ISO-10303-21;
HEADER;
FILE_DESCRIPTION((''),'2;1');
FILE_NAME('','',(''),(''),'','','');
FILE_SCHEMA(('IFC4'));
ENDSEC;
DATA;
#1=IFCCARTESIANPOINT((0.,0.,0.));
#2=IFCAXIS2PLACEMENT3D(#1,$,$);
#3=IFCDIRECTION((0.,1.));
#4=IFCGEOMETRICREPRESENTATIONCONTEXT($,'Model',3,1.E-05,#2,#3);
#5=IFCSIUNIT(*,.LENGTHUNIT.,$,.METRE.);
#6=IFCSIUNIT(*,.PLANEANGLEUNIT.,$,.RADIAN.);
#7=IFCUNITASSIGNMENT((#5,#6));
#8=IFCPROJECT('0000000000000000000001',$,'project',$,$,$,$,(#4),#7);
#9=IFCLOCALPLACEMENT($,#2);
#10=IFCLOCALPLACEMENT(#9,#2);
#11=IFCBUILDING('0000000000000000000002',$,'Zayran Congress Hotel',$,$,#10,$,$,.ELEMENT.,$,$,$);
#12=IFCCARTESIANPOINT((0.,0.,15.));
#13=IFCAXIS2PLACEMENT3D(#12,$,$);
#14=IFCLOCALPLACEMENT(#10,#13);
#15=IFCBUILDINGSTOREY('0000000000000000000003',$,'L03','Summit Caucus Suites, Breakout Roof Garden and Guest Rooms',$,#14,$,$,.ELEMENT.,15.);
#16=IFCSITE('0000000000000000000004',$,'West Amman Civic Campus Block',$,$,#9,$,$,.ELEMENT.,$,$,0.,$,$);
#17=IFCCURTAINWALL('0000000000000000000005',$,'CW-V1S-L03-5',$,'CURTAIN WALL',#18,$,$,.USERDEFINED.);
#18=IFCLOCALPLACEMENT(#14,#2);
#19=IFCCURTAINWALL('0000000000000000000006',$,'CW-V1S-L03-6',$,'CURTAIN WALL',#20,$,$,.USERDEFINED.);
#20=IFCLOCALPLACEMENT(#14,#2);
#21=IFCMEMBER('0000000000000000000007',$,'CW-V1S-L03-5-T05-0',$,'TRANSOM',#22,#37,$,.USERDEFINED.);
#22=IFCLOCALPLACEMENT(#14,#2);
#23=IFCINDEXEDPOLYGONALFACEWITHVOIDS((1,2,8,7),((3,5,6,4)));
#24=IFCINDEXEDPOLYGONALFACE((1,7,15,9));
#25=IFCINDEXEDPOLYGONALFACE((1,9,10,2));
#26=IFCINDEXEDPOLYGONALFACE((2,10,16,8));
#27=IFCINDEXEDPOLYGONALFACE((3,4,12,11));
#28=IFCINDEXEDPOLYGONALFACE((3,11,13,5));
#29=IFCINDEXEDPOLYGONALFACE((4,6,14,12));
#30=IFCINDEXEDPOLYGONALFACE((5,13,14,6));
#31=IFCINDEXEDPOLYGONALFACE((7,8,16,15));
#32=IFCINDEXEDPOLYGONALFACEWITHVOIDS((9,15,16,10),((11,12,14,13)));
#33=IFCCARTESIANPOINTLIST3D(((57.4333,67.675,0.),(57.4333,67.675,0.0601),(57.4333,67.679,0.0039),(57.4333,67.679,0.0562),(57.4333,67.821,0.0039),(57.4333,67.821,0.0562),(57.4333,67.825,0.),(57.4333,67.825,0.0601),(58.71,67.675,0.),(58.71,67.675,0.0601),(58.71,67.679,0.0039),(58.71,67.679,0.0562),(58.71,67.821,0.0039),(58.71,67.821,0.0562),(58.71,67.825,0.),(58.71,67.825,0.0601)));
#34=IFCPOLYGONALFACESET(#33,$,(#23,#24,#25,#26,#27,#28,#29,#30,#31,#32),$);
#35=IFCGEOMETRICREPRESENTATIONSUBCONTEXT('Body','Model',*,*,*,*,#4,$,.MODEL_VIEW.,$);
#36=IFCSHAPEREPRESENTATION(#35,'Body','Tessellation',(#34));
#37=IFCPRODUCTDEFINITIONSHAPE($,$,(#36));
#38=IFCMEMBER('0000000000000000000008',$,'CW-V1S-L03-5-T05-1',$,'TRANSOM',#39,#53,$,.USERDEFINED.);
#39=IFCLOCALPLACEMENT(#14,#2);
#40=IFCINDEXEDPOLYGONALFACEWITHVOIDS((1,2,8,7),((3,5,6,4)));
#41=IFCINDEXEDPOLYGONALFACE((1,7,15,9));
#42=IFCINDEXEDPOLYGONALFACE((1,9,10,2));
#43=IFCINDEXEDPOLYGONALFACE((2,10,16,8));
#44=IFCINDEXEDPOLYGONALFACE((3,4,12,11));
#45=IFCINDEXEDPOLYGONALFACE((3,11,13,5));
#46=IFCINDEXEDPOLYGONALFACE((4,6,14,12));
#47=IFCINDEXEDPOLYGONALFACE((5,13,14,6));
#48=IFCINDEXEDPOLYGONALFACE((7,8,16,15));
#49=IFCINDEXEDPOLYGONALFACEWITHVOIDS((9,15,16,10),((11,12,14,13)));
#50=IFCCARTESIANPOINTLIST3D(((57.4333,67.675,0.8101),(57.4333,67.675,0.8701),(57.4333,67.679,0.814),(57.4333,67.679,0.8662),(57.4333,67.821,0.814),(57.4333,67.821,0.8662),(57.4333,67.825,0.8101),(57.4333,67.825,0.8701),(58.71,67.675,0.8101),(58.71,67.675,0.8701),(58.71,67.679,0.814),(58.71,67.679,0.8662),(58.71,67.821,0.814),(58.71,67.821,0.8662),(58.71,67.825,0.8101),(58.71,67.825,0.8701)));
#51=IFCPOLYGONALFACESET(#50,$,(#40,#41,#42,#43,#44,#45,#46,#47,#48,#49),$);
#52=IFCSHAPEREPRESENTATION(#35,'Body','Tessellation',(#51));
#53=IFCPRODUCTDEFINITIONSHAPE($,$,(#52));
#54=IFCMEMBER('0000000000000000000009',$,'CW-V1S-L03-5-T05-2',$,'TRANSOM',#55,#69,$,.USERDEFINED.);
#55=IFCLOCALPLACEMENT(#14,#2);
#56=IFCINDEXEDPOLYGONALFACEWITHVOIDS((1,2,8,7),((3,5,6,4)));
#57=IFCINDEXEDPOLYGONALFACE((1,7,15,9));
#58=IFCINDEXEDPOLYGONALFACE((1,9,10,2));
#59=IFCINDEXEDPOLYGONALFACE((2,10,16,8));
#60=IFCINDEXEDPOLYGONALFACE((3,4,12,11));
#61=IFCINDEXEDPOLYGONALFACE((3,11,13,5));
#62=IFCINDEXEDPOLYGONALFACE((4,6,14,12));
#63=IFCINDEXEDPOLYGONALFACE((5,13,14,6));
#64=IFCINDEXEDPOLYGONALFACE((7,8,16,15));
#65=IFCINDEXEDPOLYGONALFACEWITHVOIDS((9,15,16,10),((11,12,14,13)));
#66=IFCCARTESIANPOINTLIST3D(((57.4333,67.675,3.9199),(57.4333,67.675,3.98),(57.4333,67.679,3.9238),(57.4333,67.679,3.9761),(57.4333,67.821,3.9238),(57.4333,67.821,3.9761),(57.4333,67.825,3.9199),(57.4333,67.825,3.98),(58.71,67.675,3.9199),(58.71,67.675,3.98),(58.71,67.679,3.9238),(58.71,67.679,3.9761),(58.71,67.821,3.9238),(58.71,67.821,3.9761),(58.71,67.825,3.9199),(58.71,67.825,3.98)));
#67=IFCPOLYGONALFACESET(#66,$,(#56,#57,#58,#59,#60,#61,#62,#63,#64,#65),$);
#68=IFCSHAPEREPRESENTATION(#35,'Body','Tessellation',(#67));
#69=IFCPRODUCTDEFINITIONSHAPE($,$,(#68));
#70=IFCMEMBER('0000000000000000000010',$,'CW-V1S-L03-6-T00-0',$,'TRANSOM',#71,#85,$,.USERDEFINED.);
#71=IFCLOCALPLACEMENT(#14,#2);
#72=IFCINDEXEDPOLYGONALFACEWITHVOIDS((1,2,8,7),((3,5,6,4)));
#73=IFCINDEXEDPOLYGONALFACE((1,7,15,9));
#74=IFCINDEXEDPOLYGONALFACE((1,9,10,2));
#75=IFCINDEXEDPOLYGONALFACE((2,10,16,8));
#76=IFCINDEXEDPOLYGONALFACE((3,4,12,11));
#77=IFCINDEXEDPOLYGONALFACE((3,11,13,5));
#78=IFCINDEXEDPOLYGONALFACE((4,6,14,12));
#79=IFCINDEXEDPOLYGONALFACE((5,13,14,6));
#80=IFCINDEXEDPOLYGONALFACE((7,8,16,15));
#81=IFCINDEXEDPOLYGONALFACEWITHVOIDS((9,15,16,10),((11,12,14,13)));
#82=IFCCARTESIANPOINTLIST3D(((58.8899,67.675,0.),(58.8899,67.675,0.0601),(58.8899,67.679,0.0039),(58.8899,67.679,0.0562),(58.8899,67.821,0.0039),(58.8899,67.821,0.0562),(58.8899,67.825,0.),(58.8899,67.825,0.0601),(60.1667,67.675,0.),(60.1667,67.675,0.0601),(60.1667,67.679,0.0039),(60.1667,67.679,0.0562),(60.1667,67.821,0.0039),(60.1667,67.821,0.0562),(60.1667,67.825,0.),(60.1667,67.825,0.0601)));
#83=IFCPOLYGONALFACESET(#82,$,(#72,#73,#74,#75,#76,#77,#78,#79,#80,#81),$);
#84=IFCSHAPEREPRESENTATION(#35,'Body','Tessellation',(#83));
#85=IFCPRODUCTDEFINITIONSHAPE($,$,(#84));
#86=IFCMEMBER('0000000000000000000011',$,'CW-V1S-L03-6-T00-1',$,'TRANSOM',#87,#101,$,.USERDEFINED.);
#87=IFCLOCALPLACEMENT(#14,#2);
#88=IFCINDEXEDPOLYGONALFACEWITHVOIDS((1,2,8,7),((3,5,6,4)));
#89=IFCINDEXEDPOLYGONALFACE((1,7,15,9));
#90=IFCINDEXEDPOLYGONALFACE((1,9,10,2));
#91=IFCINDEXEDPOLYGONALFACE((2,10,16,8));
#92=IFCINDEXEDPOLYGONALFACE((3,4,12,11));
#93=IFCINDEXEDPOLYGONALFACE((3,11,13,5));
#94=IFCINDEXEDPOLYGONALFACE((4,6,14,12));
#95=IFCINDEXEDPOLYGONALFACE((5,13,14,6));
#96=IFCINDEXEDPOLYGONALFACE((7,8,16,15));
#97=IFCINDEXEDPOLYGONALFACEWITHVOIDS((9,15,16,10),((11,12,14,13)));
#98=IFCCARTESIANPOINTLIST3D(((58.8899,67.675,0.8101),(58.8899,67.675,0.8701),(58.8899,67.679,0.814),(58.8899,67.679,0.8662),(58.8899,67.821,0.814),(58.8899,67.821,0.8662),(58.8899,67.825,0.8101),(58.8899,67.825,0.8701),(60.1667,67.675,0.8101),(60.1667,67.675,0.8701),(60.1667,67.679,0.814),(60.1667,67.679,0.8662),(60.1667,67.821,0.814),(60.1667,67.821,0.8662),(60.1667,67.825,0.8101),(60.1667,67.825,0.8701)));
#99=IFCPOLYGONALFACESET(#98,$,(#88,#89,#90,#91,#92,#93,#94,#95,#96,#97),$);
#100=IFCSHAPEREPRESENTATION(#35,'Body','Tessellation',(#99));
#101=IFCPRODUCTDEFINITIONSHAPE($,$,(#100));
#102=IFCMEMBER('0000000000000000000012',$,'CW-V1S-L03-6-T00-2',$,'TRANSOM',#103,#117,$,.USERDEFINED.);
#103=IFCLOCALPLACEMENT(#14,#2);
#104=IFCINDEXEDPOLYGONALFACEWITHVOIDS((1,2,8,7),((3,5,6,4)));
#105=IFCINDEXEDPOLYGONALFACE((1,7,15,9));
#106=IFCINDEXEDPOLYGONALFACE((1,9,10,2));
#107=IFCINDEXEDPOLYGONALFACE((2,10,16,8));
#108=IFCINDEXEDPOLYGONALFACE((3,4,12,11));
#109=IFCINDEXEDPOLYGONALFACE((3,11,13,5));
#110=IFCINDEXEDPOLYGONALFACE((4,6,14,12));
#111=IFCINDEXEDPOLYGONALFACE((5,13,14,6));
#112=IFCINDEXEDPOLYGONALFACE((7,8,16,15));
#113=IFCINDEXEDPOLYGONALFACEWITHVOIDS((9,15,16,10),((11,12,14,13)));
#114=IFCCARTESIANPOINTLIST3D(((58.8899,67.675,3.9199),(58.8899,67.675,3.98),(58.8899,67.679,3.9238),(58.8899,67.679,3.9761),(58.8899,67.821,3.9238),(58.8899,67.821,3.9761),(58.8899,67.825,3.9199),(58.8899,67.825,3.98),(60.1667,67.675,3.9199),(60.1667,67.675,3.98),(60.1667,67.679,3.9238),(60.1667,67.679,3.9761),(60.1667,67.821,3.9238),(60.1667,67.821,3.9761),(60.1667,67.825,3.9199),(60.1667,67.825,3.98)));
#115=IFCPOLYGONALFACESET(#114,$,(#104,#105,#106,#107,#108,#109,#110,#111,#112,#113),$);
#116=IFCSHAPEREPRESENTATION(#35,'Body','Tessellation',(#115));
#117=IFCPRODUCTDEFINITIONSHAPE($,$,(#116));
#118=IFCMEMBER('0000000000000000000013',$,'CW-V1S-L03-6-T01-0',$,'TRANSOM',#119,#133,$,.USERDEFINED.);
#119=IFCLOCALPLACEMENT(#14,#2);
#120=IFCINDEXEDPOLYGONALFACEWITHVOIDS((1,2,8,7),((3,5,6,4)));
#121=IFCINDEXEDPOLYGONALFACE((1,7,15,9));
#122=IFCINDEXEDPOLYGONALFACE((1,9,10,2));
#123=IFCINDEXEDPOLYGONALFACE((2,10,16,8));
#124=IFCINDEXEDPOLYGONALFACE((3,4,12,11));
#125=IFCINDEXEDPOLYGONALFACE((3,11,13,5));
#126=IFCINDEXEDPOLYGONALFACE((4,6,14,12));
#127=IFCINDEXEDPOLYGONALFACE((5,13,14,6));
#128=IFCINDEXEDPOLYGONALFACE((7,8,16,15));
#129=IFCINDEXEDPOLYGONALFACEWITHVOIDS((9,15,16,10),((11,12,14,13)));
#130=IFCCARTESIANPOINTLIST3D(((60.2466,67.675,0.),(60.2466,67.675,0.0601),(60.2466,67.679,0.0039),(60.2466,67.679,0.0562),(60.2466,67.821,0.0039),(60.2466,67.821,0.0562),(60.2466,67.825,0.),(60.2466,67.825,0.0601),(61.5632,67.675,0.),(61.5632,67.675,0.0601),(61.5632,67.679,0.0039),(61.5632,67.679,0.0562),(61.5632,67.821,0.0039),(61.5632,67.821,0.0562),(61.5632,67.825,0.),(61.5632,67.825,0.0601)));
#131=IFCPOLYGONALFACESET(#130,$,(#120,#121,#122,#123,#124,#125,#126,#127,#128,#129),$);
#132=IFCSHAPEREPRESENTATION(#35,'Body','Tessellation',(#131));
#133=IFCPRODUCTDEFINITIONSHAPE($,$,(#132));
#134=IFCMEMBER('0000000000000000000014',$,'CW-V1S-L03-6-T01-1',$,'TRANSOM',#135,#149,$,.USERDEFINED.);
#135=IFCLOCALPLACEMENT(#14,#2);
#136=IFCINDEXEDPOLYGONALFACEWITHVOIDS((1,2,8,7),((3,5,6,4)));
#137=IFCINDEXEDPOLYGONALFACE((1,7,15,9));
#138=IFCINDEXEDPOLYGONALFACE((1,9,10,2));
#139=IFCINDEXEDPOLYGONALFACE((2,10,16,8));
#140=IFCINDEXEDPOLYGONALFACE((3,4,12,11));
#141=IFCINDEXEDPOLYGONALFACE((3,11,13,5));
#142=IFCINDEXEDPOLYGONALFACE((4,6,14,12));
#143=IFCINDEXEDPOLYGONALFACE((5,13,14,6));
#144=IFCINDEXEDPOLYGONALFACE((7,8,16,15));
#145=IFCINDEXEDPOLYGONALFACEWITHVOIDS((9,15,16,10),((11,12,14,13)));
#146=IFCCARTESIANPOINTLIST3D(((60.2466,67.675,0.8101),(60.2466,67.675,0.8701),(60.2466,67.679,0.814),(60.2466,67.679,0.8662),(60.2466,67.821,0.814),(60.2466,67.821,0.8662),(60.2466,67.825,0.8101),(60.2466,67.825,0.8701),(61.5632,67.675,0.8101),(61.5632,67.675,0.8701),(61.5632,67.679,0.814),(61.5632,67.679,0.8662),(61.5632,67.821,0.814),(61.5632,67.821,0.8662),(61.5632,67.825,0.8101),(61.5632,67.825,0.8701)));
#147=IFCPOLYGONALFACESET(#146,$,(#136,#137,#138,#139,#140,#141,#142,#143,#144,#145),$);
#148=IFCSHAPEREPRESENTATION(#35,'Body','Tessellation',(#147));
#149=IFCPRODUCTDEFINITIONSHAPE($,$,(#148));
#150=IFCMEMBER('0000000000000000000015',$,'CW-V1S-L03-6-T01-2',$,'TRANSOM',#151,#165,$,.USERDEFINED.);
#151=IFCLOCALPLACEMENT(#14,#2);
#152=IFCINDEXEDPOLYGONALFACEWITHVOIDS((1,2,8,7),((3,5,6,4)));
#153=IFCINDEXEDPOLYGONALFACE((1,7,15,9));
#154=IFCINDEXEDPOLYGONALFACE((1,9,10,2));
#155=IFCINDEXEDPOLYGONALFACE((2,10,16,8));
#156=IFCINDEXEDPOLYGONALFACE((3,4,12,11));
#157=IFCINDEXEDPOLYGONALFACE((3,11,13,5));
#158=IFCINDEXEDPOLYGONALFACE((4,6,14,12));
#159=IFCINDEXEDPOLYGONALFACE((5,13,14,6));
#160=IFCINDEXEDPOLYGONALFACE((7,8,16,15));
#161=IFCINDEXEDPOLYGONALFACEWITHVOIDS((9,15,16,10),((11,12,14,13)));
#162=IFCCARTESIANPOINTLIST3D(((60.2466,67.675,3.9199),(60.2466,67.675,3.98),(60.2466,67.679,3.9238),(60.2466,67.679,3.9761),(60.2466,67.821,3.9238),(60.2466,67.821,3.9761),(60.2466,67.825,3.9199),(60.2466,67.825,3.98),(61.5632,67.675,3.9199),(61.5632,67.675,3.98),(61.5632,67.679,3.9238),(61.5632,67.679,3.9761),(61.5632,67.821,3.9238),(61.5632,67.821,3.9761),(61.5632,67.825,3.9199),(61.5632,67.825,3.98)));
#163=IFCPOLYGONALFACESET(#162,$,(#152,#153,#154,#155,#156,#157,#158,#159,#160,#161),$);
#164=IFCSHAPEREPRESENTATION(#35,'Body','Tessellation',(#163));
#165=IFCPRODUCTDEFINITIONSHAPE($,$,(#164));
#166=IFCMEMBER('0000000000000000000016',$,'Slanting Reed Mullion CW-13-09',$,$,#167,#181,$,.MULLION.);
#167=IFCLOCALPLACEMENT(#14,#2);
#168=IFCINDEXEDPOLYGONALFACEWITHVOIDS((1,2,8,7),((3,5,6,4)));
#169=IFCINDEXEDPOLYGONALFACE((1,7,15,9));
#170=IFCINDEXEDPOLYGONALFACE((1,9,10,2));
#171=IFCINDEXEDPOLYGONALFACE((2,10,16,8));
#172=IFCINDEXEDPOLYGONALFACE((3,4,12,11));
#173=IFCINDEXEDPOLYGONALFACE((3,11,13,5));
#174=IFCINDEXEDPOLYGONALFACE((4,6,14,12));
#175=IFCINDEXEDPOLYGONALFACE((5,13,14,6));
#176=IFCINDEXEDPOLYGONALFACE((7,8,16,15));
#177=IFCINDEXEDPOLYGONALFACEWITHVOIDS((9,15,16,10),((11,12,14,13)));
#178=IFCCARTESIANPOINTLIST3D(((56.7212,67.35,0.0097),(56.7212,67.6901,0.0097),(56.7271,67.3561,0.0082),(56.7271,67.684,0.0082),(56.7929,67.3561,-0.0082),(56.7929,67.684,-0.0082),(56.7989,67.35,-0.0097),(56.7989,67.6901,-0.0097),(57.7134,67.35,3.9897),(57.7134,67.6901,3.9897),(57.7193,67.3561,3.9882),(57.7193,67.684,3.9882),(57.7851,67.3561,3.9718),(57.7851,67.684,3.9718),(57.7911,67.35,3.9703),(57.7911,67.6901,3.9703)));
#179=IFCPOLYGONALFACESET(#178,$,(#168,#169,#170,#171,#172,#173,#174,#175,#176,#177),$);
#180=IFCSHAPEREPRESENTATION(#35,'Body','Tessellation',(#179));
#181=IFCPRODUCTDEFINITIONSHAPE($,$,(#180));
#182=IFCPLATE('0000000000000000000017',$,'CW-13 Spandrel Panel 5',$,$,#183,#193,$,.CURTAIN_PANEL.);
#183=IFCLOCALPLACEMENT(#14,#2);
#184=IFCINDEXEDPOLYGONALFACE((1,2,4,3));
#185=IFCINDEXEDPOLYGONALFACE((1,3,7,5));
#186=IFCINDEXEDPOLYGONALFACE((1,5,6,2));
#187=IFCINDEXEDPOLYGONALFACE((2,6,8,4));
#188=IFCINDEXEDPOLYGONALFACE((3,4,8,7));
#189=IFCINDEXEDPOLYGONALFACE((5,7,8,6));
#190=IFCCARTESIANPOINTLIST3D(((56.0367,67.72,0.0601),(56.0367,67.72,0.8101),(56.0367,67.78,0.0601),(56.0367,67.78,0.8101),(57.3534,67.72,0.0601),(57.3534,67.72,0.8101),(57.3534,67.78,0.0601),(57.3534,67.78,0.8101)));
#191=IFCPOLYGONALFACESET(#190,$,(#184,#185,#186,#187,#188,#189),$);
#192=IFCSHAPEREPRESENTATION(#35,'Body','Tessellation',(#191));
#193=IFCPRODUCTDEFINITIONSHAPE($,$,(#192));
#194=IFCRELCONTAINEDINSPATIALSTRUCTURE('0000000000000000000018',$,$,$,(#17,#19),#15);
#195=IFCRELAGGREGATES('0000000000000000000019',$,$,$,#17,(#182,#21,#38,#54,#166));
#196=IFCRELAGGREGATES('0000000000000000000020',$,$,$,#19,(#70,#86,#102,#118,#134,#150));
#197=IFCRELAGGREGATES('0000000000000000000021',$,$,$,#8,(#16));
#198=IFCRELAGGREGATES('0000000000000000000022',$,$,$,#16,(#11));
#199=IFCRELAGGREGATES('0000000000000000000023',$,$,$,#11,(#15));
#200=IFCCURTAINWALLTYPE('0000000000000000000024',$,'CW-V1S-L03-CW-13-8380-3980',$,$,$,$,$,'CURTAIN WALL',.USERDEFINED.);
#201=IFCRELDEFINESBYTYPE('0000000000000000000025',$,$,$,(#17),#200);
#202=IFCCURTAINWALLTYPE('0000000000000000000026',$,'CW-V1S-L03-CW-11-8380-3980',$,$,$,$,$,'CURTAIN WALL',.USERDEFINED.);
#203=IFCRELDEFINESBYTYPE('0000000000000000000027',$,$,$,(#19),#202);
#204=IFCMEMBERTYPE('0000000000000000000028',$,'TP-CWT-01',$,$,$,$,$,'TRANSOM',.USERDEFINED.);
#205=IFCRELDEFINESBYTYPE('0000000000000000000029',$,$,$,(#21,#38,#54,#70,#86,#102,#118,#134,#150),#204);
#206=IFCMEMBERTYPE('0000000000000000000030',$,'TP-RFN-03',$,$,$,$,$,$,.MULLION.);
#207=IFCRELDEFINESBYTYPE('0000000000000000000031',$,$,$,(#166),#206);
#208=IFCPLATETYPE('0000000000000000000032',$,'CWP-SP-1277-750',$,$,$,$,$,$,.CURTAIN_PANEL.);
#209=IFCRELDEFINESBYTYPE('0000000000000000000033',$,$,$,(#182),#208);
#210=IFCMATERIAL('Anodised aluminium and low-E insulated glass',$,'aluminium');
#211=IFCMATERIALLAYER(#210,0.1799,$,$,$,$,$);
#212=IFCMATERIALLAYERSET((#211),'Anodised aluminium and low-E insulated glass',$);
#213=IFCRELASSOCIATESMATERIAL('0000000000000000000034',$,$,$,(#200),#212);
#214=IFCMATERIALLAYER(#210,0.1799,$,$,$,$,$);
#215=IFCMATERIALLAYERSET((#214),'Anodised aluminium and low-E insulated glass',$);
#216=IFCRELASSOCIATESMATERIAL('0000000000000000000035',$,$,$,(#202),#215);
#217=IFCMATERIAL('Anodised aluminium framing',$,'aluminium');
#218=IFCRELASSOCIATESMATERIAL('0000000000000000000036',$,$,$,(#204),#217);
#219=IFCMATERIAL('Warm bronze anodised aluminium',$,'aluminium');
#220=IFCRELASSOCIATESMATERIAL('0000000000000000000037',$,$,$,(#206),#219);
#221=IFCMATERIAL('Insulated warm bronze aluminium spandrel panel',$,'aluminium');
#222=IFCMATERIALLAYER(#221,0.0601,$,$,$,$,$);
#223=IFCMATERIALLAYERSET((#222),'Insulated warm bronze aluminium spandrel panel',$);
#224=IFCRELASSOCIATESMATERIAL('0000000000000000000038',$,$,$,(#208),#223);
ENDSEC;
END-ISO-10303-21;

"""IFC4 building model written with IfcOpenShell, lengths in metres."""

from ifc_helpers import new_model, si_unit, direction, frame, origin, origin_2d, place, context, subcontext, project, spatial, rectangle, hollow_rectangle, extrude, material, layer, layer_set, material_profile, profile_set, type_object, element, aggregate, save


model = new_model("IFC4")

# Units and contexts
model_context = context("Model", 3, precision=1e-05, world=origin(), true_north=direction((0.0, 1.0)))
body_context = subcontext(model_context, "Body", "Model", "MODEL_VIEW")
ifc_project = project(units=[si_unit("LENGTHUNIT", "METRE"), si_unit("PLANEANGLEUNIT", "RADIAN")], contexts=[model_context])

# Site, building, storey
site_placement = place(None, origin())
site = spatial("IfcSite", under=ifc_project, at=site_placement, Name="West Amman Civic Campus Block", CompositionType="ELEMENT", RefElevation=0.0)
building_placement = place(site_placement, origin())
building = spatial("IfcBuilding", under=site, at=building_placement, Name="Zayran Congress Hotel", CompositionType="ELEMENT")
storey_placement = place(building_placement, frame((0.0, 0.0, 15.0)))
storey = spatial("IfcBuildingStorey", under=building, at=storey_placement, Name="L03", Description="Summit Caucus Suites, Breakout Roof Garden and Guest Rooms", CompositionType="ELEMENT", Elevation=15.0)

# Curtain walls
ifc_material_1 = material(Name="Anodised aluminium and low-E insulated glass", Category="aluminium")
ifc_layer_1 = layer(ifc_material_1, 0.1799)
ifc_layer_set_1 = layer_set([ifc_layer_1], Name="Anodised aluminium and low-E insulated glass")
curtain_wall_type_1 = type_object("IfcCurtainWallType", Name="CW-V1S-L03-CW-13-8380-3980", ElementType="CURTAIN WALL", PredefinedType="USERDEFINED", material=ifc_layer_set_1)
curtain_wall_1_placement = place(storey_placement, origin())
curtain_wall_1 = element("IfcCurtainWall", 1, at=curtain_wall_1_placement, inside=storey, type_object=curtain_wall_type_1, Name="CW-V1S-L03-5", ObjectType="CURTAIN WALL", PredefinedType="USERDEFINED")
ifc_material_2 = material(Name="Anodised aluminium framing", Category="aluminium")
ifc_layer_2 = layer(ifc_material_1, 0.1799)
ifc_layer_set_2 = layer_set([ifc_layer_2], Name="Anodised aluminium and low-E insulated glass")
curtain_wall_type_2 = type_object("IfcCurtainWallType", Name="CW-V1S-L03-CW-11-8380-3980", ElementType="CURTAIN WALL", PredefinedType="USERDEFINED", material=ifc_layer_set_2)
curtain_wall_2_placement = place(storey_placement, origin())
curtain_wall_2 = element("IfcCurtainWall", 2, at=curtain_wall_2_placement, inside=storey, type_object=curtain_wall_type_2, Name="CW-V1S-L03-6", ObjectType="CURTAIN WALL", PredefinedType="USERDEFINED")

# Members
ifc_material_profile_1 = material_profile(ifc_material_2, hollow_rectangle(XDim=0.0601, YDim=0.1499, WallThickness=0.0039, at=origin_2d()), Name="RHS 150x60x4")
ifc_profile_set_1 = profile_set([ifc_material_profile_1], Name="Anodised aluminium framing")
member_type_1 = type_object("IfcMemberType", Name="TP-CWT-01", ElementType="TRANSOM", PredefinedType="USERDEFINED", material=ifc_profile_set_1)
member_1_placement = place(storey_placement, frame((57.4333, 67.75, 0.03), z_axis=(1.0, 0.0, 0.0), x_axis=(0.0, 0.0, 1.0)))
member_1 = element("IfcMember", 3, at=member_1_placement, type_object=member_type_1, Name="CW-V1S-L03-5-T05-0", ObjectType="TRANSOM", PredefinedType="USERDEFINED", context=body_context, shape_type="SweptSolid", body=[
    extrude(hollow_rectangle(XDim=0.0601, YDim=0.1499, WallThickness=0.0039, at=origin_2d()), origin(), (0.0, 0.0, 1.0), 1.2766),
])
member_2_placement = place(storey_placement, frame((57.4333, 67.75, 0.8401), z_axis=(1.0, 0.0, 0.0), x_axis=(0.0, 0.0, 1.0)))
member_2 = element("IfcMember", 4, at=member_2_placement, type_object=member_type_1, Name="CW-V1S-L03-5-T05-1", ObjectType="TRANSOM", PredefinedType="USERDEFINED", context=body_context, shape_type="SweptSolid", body=[
    extrude(hollow_rectangle(XDim=0.0601, YDim=0.1499, WallThickness=0.0039, at=origin_2d()), origin(), (0.0, 0.0, 1.0), 1.2766),
])
member_3_placement = place(storey_placement, frame((57.4333, 67.75, 3.95), z_axis=(1.0, 0.0, 0.0), x_axis=(0.0, 0.0, 1.0)))
member_3 = element("IfcMember", 5, at=member_3_placement, type_object=member_type_1, Name="CW-V1S-L03-5-T05-2", ObjectType="TRANSOM", PredefinedType="USERDEFINED", context=body_context, shape_type="SweptSolid", body=[
    extrude(hollow_rectangle(XDim=0.0601, YDim=0.1499, WallThickness=0.0039, at=origin_2d()), origin(), (0.0, 0.0, 1.0), 1.2766),
])
member_4_placement = place(storey_placement, frame((58.8899, 67.75, 0.03), z_axis=(1.0, 0.0, 0.0), x_axis=(0.0, 0.0, 1.0)))
member_4 = element("IfcMember", 6, at=member_4_placement, type_object=member_type_1, Name="CW-V1S-L03-6-T00-0", ObjectType="TRANSOM", PredefinedType="USERDEFINED", context=body_context, shape_type="SweptSolid", body=[
    extrude(hollow_rectangle(XDim=0.0601, YDim=0.1499, WallThickness=0.0039, at=origin_2d()), origin(), (0.0, 0.0, 1.0), 1.2769),
])
member_5_placement = place(storey_placement, frame((58.8899, 67.75, 0.8401), z_axis=(1.0, 0.0, 0.0), x_axis=(0.0, 0.0, 1.0)))
member_5 = element("IfcMember", 7, at=member_5_placement, type_object=member_type_1, Name="CW-V1S-L03-6-T00-1", ObjectType="TRANSOM", PredefinedType="USERDEFINED", context=body_context, shape_type="SweptSolid", body=[
    extrude(hollow_rectangle(XDim=0.0601, YDim=0.1499, WallThickness=0.0039, at=origin_2d()), origin(), (0.0, 0.0, 1.0), 1.2769),
])
member_6_placement = place(storey_placement, frame((58.8899, 67.75, 3.95), z_axis=(1.0, 0.0, 0.0), x_axis=(0.0, 0.0, 1.0)))
member_6 = element("IfcMember", 8, at=member_6_placement, type_object=member_type_1, Name="CW-V1S-L03-6-T00-2", ObjectType="TRANSOM", PredefinedType="USERDEFINED", context=body_context, shape_type="SweptSolid", body=[
    extrude(hollow_rectangle(XDim=0.0601, YDim=0.1499, WallThickness=0.0039, at=origin_2d()), origin(), (0.0, 0.0, 1.0), 1.2769),
])
member_7_placement = place(storey_placement, frame((60.2466, 67.75, 0.03), z_axis=(1.0, 0.0, 0.0), x_axis=(0.0, 0.0, 1.0)))
member_7 = element("IfcMember", 9, at=member_7_placement, type_object=member_type_1, Name="CW-V1S-L03-6-T01-0", ObjectType="TRANSOM", PredefinedType="USERDEFINED", context=body_context, shape_type="SweptSolid", body=[
    extrude(hollow_rectangle(XDim=0.0601, YDim=0.1499, WallThickness=0.0039, at=origin_2d()), origin(), (0.0, 0.0, 1.0), 1.3167),
])
member_8_placement = place(storey_placement, frame((60.2466, 67.75, 0.8401), z_axis=(1.0, 0.0, 0.0), x_axis=(0.0, 0.0, 1.0)))
member_8 = element("IfcMember", 10, at=member_8_placement, type_object=member_type_1, Name="CW-V1S-L03-6-T01-1", ObjectType="TRANSOM", PredefinedType="USERDEFINED", context=body_context, shape_type="SweptSolid", body=[
    extrude(hollow_rectangle(XDim=0.0601, YDim=0.1499, WallThickness=0.0039, at=origin_2d()), origin(), (0.0, 0.0, 1.0), 1.3167),
])
member_9_placement = place(storey_placement, frame((60.2466, 67.75, 3.95), z_axis=(1.0, 0.0, 0.0), x_axis=(0.0, 0.0, 1.0)))
member_9 = element("IfcMember", 11, at=member_9_placement, type_object=member_type_1, Name="CW-V1S-L03-6-T01-2", ObjectType="TRANSOM", PredefinedType="USERDEFINED", context=body_context, shape_type="SweptSolid", body=[
    extrude(hollow_rectangle(XDim=0.0601, YDim=0.1499, WallThickness=0.0039, at=origin_2d()), origin(), (0.0, 0.0, 1.0), 1.3167),
])
ifc_material_3 = material(Name="Warm bronze anodised aluminium", Category="aluminium")
ifc_material_profile_2 = material_profile(ifc_material_3, hollow_rectangle(XDim=0.0801, YDim=0.3401, WallThickness=0.0061, at=origin_2d()), Name="RHS 340x80x6")
ifc_profile_set_2 = profile_set([ifc_material_profile_2], Name="Warm bronze anodised aluminium")
member_type_2 = type_object("IfcMemberType", Name="TP-RFN-03", PredefinedType="MULLION", material=ifc_profile_set_2)
member_10_placement = place(storey_placement, frame((56.76, 67.52, 0.0), z_axis=(0.241891, 0.0, 0.970303), x_axis=(-0.970303, 0.0, 0.241891)))
member_10 = element("IfcMember", 12, at=member_10_placement, type_object=member_type_2, Name="Slanting Reed Mullion CW-13-09", PredefinedType="MULLION", context=body_context, shape_type="SweptSolid", body=[
    extrude(hollow_rectangle(XDim=0.0801, YDim=0.3401, WallThickness=0.0061, at=origin_2d()), origin(), (0.0, 0.0, 1.0), 4.1018),
])

# Plate
ifc_material_4 = material(Name="Insulated warm bronze aluminium spandrel panel", Category="aluminium")
ifc_layer_3 = layer(ifc_material_4, 0.0601)
ifc_layer_set_3 = layer_set([ifc_layer_3], Name="Insulated warm bronze aluminium spandrel panel")
plate_type_1 = type_object("IfcPlateType", Name="CWP-SP-1277-750", PredefinedType="CURTAIN_PANEL", material=ifc_layer_set_3)
plate_1_placement = place(storey_placement, frame((56.6951, 67.75, 0.0601), z_axis=(0.0, 0.0, 1.0), x_axis=(1.0, 0.0, 0.0)))
plate_1 = element("IfcPlate", 13, at=plate_1_placement, type_object=plate_type_1, Name="CW-13 Spandrel Panel 5", PredefinedType="CURTAIN_PANEL", context=body_context, shape_type="SweptSolid", body=[
    extrude(rectangle(XDim=1.3167, YDim=0.0601, at=origin_2d()), origin(), (0.0, 0.0, 1.0), 0.75),
])
aggregate(curtain_wall_1, [plate_1, member_1, member_2, member_3, member_10])
aggregate(curtain_wall_2, [member_4, member_5, member_6, member_7, member_8, member_9])

save(model, "model.ifc")
